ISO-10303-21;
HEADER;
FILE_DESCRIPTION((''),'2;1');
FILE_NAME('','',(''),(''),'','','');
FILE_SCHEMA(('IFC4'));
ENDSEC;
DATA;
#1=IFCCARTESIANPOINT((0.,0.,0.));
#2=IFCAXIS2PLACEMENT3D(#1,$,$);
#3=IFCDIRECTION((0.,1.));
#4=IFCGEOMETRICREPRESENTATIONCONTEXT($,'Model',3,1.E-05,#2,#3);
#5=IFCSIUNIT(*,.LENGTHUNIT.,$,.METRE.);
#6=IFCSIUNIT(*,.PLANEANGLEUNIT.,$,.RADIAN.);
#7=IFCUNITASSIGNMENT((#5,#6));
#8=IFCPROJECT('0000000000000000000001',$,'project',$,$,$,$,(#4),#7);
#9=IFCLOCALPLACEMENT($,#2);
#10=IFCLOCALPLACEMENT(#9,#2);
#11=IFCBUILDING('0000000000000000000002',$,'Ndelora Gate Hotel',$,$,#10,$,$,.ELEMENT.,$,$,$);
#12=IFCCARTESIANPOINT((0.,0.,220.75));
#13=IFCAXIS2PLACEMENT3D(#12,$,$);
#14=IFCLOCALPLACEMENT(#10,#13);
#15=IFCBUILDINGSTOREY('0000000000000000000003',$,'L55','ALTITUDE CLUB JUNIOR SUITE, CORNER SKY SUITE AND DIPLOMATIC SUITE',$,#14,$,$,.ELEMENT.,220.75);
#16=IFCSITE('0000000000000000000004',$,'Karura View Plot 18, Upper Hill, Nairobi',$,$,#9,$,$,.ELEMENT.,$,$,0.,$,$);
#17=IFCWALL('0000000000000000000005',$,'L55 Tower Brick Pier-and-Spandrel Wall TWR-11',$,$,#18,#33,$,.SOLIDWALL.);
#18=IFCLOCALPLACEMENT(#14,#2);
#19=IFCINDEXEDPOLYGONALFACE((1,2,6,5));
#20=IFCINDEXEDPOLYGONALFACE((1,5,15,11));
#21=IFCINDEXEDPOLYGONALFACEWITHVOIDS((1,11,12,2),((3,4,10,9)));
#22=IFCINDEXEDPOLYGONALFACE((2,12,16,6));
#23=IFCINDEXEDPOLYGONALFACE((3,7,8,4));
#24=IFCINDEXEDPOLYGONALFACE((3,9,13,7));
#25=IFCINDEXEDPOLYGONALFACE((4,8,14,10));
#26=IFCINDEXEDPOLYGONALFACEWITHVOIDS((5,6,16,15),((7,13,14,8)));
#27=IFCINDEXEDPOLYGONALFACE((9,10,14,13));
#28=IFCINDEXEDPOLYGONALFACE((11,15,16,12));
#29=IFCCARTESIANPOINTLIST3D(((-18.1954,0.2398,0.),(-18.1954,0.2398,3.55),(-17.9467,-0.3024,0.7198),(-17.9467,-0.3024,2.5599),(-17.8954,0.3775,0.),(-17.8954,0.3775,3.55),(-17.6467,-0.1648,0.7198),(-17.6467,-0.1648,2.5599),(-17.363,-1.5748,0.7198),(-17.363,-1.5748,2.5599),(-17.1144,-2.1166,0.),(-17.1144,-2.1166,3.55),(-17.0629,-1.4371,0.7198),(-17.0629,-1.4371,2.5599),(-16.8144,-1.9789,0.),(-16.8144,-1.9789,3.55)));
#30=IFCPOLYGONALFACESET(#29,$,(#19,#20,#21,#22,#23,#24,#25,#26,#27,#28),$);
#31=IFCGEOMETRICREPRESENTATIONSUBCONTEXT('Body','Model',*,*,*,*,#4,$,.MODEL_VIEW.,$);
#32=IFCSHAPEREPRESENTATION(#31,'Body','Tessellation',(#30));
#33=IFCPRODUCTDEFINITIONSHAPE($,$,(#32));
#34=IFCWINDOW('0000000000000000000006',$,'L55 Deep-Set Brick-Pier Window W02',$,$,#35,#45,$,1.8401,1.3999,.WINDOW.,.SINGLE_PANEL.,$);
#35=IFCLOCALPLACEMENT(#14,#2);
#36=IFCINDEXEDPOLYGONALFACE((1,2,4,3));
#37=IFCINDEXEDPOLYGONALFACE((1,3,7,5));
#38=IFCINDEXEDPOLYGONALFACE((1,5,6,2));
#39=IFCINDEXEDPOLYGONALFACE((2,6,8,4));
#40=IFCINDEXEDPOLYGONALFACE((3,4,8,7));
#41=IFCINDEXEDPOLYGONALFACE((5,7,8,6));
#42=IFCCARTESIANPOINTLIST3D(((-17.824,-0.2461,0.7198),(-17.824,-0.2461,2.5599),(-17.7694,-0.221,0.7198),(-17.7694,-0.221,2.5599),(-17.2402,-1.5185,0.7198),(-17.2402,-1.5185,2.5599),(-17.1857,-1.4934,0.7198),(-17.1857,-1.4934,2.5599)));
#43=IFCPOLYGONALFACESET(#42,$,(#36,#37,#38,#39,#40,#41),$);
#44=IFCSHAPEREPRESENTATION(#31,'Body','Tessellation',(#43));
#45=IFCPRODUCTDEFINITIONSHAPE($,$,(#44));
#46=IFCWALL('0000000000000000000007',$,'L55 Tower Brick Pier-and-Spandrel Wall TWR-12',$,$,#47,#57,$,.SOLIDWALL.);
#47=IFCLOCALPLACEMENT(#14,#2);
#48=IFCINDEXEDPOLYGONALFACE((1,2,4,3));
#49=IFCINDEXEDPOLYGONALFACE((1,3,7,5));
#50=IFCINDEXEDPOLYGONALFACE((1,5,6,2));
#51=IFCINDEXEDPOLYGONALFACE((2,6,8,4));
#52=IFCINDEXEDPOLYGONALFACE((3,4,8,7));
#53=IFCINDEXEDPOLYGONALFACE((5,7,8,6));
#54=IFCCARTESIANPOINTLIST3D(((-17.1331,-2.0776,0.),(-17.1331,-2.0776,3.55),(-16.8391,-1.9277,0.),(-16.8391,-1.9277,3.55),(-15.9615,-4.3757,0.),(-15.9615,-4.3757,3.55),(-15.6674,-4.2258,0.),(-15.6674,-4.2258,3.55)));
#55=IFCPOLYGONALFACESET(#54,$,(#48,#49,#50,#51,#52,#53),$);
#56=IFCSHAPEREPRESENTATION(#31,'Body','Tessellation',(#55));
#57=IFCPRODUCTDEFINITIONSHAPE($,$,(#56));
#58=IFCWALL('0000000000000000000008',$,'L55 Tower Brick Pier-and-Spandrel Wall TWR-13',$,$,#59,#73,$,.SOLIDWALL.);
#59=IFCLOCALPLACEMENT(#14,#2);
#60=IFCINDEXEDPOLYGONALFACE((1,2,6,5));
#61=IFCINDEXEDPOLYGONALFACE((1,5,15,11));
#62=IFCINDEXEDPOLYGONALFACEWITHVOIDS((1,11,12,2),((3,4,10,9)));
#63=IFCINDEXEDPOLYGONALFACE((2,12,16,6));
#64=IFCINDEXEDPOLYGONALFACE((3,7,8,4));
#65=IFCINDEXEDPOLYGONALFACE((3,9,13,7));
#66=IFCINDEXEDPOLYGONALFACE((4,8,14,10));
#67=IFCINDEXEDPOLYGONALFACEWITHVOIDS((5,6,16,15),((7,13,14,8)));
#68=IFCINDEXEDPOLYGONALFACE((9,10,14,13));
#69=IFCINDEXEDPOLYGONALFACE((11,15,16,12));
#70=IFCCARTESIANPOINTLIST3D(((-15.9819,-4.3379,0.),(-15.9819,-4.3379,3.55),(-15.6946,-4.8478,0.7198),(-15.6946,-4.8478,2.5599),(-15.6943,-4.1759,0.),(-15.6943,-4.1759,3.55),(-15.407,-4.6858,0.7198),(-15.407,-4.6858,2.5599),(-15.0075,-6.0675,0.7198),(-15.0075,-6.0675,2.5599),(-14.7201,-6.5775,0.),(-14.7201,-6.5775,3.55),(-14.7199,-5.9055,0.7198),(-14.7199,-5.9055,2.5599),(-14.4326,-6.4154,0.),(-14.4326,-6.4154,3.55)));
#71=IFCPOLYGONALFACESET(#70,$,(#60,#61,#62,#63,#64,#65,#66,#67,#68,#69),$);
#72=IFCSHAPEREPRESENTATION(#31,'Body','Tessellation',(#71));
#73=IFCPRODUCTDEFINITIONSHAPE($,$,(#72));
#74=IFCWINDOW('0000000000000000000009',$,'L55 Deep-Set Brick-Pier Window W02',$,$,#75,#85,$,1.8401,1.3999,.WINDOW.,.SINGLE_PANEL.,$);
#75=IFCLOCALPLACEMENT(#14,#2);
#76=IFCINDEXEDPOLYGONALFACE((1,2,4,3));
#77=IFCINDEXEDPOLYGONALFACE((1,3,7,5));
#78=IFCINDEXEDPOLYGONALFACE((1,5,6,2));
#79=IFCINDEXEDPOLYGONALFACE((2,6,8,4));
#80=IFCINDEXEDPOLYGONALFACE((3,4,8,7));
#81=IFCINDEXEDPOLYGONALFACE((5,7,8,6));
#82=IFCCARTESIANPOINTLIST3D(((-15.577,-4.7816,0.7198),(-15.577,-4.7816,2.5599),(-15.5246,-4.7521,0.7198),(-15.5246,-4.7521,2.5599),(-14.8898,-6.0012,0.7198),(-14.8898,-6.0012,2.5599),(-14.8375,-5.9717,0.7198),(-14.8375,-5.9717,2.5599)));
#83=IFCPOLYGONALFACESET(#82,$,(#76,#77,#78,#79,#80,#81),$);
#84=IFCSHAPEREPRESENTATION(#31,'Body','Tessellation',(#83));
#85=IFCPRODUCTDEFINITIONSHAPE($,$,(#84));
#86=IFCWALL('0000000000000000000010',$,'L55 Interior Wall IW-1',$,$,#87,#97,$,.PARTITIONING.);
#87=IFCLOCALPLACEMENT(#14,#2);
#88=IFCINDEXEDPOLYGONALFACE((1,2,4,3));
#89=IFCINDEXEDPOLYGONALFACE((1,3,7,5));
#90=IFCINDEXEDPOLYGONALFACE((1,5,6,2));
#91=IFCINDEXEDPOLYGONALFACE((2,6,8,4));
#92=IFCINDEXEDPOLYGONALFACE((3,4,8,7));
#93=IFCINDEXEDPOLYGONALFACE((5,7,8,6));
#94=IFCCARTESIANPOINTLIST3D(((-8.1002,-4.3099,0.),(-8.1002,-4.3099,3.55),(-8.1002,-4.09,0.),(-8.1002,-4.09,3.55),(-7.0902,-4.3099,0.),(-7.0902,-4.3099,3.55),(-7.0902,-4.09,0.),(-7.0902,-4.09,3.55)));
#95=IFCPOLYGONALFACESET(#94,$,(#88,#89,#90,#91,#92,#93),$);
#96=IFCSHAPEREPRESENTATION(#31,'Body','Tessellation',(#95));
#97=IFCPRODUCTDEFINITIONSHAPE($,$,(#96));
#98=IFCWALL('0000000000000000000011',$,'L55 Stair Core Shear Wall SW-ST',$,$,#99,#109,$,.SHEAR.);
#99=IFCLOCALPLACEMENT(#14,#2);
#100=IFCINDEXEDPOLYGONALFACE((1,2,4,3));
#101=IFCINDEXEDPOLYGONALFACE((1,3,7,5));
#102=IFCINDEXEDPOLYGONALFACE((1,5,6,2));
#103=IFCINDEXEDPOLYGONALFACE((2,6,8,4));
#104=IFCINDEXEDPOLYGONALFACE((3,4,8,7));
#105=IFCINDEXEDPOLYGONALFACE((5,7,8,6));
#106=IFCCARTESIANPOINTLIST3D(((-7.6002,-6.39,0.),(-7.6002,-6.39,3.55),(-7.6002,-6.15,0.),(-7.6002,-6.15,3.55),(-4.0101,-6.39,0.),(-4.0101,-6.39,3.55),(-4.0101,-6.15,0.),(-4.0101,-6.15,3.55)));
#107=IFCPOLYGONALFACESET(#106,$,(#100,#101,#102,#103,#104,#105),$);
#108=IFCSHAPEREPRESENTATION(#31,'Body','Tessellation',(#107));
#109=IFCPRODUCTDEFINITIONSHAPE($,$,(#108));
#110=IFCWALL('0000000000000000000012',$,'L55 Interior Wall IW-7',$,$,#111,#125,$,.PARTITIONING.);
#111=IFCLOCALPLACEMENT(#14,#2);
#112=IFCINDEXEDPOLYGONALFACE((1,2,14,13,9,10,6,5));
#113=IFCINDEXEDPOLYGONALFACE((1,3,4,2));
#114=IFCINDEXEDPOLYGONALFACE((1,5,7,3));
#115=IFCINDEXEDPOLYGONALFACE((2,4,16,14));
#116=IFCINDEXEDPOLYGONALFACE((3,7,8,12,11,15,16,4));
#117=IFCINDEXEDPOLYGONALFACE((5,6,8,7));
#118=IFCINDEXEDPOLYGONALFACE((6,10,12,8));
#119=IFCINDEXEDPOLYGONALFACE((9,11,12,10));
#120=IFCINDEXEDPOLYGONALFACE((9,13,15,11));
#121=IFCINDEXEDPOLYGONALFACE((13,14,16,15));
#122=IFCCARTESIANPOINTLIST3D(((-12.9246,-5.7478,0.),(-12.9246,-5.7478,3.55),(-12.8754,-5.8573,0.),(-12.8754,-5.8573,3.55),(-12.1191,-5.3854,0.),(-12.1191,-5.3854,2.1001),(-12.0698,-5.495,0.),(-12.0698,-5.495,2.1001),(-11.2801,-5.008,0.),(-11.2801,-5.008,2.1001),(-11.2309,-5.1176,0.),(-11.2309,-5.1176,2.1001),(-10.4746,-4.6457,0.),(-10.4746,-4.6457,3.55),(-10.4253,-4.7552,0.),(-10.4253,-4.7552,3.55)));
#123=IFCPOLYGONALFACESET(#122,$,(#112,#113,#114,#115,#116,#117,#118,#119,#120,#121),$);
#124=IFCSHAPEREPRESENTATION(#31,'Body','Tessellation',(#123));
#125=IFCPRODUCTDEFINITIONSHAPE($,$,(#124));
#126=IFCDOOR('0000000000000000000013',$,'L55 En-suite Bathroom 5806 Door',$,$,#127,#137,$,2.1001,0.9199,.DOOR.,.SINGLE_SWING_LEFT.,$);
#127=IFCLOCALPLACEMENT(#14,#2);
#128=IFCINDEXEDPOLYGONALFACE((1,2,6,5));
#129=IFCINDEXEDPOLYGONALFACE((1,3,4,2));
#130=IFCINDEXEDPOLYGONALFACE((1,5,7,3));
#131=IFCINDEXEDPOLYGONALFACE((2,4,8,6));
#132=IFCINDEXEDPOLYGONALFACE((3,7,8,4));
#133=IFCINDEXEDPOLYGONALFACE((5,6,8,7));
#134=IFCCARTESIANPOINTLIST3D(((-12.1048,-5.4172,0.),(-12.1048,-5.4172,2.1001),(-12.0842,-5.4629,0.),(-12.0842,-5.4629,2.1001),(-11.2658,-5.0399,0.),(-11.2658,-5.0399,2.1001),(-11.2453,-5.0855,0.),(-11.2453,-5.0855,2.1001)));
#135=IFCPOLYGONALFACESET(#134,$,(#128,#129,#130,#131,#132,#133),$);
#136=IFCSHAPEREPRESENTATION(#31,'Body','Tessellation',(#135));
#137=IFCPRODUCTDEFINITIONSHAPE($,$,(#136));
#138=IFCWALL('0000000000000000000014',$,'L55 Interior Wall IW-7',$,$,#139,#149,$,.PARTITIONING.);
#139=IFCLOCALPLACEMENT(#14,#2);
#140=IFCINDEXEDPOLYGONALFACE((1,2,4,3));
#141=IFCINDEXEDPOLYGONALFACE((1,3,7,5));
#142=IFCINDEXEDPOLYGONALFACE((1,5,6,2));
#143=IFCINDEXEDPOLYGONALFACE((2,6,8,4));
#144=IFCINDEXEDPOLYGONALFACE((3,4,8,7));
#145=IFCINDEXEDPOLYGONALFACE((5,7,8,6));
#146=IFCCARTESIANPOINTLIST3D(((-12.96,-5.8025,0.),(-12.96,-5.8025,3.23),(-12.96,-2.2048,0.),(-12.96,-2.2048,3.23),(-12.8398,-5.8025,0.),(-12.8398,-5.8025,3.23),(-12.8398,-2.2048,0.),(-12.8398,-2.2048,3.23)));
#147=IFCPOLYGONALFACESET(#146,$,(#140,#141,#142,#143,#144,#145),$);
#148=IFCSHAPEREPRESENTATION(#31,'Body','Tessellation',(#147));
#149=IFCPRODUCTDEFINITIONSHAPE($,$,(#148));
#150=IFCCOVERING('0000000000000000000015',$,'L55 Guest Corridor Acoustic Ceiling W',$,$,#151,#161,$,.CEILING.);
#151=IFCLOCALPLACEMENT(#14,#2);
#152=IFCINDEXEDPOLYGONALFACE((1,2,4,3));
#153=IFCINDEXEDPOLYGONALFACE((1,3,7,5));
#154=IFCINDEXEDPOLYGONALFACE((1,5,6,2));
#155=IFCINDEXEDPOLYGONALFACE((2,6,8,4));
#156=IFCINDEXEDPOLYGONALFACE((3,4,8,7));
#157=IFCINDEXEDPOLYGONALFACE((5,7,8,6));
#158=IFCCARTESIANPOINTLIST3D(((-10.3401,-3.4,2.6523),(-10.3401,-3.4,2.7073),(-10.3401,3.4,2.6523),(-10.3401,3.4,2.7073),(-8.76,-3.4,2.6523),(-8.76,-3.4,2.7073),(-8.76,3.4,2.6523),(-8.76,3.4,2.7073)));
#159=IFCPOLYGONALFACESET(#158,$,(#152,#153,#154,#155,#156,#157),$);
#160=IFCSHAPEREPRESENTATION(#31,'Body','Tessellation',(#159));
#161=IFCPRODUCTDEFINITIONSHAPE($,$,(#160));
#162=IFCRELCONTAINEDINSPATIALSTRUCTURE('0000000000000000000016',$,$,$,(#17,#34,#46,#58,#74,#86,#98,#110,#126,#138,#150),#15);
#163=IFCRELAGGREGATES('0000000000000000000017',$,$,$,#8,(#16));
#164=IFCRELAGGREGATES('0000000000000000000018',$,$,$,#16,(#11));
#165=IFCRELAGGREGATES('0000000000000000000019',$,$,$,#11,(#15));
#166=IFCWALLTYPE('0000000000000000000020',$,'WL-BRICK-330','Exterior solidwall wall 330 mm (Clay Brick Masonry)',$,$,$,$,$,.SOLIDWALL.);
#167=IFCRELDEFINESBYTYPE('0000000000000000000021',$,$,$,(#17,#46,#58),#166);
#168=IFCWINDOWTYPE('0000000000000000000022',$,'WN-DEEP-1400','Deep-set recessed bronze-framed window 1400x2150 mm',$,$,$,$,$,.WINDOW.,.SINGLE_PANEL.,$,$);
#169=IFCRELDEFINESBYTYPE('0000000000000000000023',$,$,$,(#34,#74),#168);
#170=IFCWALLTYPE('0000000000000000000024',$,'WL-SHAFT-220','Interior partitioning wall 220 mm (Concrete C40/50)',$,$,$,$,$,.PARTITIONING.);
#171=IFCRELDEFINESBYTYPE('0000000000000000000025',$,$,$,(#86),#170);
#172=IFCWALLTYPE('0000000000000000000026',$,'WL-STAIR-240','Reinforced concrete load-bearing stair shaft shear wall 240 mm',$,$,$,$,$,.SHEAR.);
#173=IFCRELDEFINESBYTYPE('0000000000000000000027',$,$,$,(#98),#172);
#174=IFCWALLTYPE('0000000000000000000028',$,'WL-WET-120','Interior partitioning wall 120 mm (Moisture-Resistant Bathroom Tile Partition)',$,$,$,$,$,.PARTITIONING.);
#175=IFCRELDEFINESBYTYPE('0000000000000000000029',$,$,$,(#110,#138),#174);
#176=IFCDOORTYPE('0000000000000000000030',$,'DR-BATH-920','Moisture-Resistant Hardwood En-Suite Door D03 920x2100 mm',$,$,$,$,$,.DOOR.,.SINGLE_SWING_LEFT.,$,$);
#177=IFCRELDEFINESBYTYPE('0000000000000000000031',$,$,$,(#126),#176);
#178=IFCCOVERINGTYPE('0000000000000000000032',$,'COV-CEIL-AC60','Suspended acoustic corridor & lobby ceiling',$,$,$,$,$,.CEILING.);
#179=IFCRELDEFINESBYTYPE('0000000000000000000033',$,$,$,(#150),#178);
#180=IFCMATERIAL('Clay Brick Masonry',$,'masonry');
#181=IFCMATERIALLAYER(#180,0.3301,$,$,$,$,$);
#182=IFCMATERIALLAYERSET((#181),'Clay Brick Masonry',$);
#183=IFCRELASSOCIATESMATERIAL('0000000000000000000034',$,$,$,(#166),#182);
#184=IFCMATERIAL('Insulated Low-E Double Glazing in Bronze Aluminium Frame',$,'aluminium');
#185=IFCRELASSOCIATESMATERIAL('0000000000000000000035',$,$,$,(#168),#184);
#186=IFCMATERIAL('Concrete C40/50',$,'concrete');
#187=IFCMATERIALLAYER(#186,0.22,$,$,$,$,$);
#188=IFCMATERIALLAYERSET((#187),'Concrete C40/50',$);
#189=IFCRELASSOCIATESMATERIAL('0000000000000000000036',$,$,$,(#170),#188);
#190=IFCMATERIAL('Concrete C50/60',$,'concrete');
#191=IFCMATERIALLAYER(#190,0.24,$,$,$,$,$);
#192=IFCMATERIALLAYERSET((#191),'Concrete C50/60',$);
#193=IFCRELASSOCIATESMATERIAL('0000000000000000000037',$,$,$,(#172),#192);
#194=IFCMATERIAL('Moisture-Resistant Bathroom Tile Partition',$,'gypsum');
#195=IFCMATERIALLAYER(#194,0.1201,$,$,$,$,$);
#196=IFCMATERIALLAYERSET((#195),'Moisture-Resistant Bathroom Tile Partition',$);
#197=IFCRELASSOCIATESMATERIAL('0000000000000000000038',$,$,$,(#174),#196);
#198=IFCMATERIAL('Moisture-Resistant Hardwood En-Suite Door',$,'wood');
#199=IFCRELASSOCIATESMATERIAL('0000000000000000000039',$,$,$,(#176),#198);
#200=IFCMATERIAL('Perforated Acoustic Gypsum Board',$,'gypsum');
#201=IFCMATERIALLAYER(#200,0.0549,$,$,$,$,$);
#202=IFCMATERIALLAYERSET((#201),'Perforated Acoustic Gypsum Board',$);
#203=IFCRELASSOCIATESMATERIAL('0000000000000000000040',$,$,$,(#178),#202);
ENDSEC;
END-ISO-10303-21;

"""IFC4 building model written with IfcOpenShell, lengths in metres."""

from ifc_helpers import new_model, si_unit, direction, frame, frame_2d, origin, origin_2d, place, context, subcontext, project, spatial, rectangle, extrude, material, layer, layer_set, type_object, element, fill, save


model = new_model("IFC4")

# Units and contexts
model_context = context("Model", 3, precision=1e-05, world=origin(), true_north=direction((0.0, 1.0)))
body_context = subcontext(model_context, "Body", "Model", "MODEL_VIEW")
ifc_project = project(units=[si_unit("LENGTHUNIT", "METRE"), si_unit("PLANEANGLEUNIT", "RADIAN")], contexts=[model_context])

# Site, building, storey
site_placement = place(None, origin())
site = spatial("IfcSite", under=ifc_project, at=site_placement, Name="Karura View Plot 18, Upper Hill, Nairobi", CompositionType="ELEMENT", RefElevation=0.0)
building_placement = place(site_placement, origin())
building = spatial("IfcBuilding", under=site, at=building_placement, Name="Ndelora Gate Hotel", CompositionType="ELEMENT")
storey_placement = place(building_placement, frame((0.0, 0.0, 220.75)))
storey = spatial("IfcBuildingStorey", under=building, at=storey_placement, Name="L55", Description="ALTITUDE CLUB JUNIOR SUITE, CORNER SKY SUITE AND DIPLOMATIC SUITE", CompositionType="ELEMENT", Elevation=220.75)

# Shared definitions
ifc_material_1 = material(Name="Concrete C50/60", Category="concrete")

# Wall, opening, window
ifc_material_2 = material(Name="Clay Brick Masonry", Category="masonry")
ifc_layer_1 = layer(ifc_material_2, 0.3301)
ifc_layer_set_1 = layer_set([ifc_layer_1], Name="Clay Brick Masonry")
wall_type_1 = type_object("IfcWallType", Name="WL-BRICK-330", Description="Exterior solidwall wall 330 mm (Clay Brick Masonry)", PredefinedType="SOLIDWALL", material=ifc_layer_set_1)
wall_1_placement = place(storey_placement, frame((-16.9644, -2.0479, 0.0), z_axis=(0.0, 0.0, 1.0), x_axis=(-0.416979, 0.908916, 0.0)))
wall_1 = element("IfcWall", 1, at=wall_1_placement, inside=storey, type_object=wall_type_1, Name="L55 Tower Brick Pier-and-Spandrel Wall TWR-11", PredefinedType="SOLIDWALL", context=body_context, shape_type="SweptSolid", body=[
    extrude(rectangle(XDim=2.5925, YDim=0.3301, at=frame_2d((1.2964, 0.0))), origin(), (0.0, 0.0, 1.0), 3.55),
])
opening_1_placement = place(wall_1_placement, frame((0.5962, 0.0, 0.72)))
opening_1 = element("IfcOpeningElement", 2, at=opening_1_placement, cuts=wall_1, PredefinedType="OPENING", context=body_context, shape_type="SweptSolid", body=[
    extrude(rectangle(XDim=1.3999, YDim=1.8401, at=frame_2d((0.7, 0.9199))), frame((0.0, 0.175, 0.0), z_axis=(0.0, -1.0, 0.0), x_axis=(1.0, 0.0, 0.0)), (0.0, 0.0, 1.0), 0.3501),
])
ifc_material_3 = material(Name="Insulated Low-E Double Glazing in Bronze Aluminium Frame", Category="aluminium")
window_type = type_object("IfcWindowType", Name="WN-DEEP-1400", Description="Deep-set recessed bronze-framed window 1400x2150 mm", PartitioningType="SINGLE_PANEL", PredefinedType="WINDOW", material=ifc_material_3)
window_1_placement = place(opening_1_placement, origin())
window_1 = element("IfcWindow", 3, at=window_1_placement, inside=storey, type_object=window_type, Name="L55 Deep-Set Brick-Pier Window W02", OverallHeight=1.8401, OverallWidth=1.3999, PartitioningType="SINGLE_PANEL", PredefinedType="WINDOW", context=body_context, shape_type="SweptSolid", body=[
    extrude(rectangle(XDim=1.3999, YDim=1.8401, at=frame_2d((0.7, 0.9199))), frame((0.0, 0.03, 0.0), z_axis=(0.0, -1.0, 0.0), x_axis=(1.0, 0.0, 0.0)), (0.0, 0.0, 1.0), 0.0601),
])
fill(opening_1, window_1)

# Wall
wall_2_placement = place(storey_placement, frame((-15.8145, -4.3008, 0.0), z_axis=(0.0, 0.0, 1.0), x_axis=(-0.454204, 0.890898, 0.0)))
element("IfcWall", 4, at=wall_2_placement, inside=storey, type_object=wall_type_1, Name="L55 Tower Brick Pier-and-Spandrel Wall TWR-12", PredefinedType="SOLIDWALL", context=body_context, shape_type="SweptSolid", body=[
    extrude(rectangle(XDim=2.5796, YDim=0.3301, at=frame_2d((1.2898, 0.0))), origin(), (0.0, 0.0, 1.0), 3.55),
])

# Wall, opening, window
wall_3_placement = place(storey_placement, frame((-14.5764, -6.4963, 0.0), z_axis=(0.0, 0.0, 1.0), x_axis=(-0.490852, 0.871243, 0.0)))
wall_3 = element("IfcWall", 5, at=wall_3_placement, inside=storey, type_object=wall_type_1, Name="L55 Tower Brick Pier-and-Spandrel Wall TWR-13", PredefinedType="SOLIDWALL", context=body_context, shape_type="SweptSolid", body=[
    extrude(rectangle(XDim=2.5706, YDim=0.3301, at=frame_2d((1.2852, 0.0))), origin(), (0.0, 0.0, 1.0), 3.55),
])
opening_2_placement = place(wall_3_placement, frame((0.5852, 0.0, 0.72)))
opening_2 = element("IfcOpeningElement", 6, at=opening_2_placement, cuts=wall_3, PredefinedType="OPENING", context=body_context, shape_type="SweptSolid", body=[
    extrude(rectangle(XDim=1.3999, YDim=1.8401, at=frame_2d((0.7, 0.9199))), frame((0.0, 0.175, 0.0), z_axis=(0.0, -1.0, 0.0), x_axis=(1.0, 0.0, 0.0)), (0.0, 0.0, 1.0), 0.3501),
])
window_2_placement = place(opening_2_placement, origin())
window_2 = element("IfcWindow", 7, at=window_2_placement, inside=storey, type_object=window_type, Name="L55 Deep-Set Brick-Pier Window W02", OverallHeight=1.8401, OverallWidth=1.3999, PartitioningType="SINGLE_PANEL", PredefinedType="WINDOW", context=body_context, shape_type="SweptSolid", body=[
    extrude(rectangle(XDim=1.3999, YDim=1.8401, at=frame_2d((0.7, 0.9199))), frame((0.0, 0.03, 0.0), z_axis=(0.0, -1.0, 0.0), x_axis=(1.0, 0.0, 0.0)), (0.0, 0.0, 1.0), 0.0601),
])
fill(opening_2, window_2)

# Walls
ifc_material_4 = material(Name="Concrete C40/50", Category="concrete")
ifc_layer_2 = layer(ifc_material_4, 0.22)
ifc_layer_set_2 = layer_set([ifc_layer_2], Name="Concrete C40/50")
wall_type_2 = type_object("IfcWallType", Name="WL-SHAFT-220", Description="Interior partitioning wall 220 mm (Concrete C40/50)", PredefinedType="PARTITIONING", material=ifc_layer_set_2)
wall_4_placement = place(storey_placement, frame((-8.1001, -4.2, 0.0), z_axis=(0.0, 0.0, 1.0), x_axis=(1.0, 0.0, 0.0)))
element("IfcWall", 8, at=wall_4_placement, inside=storey, type_object=wall_type_2, Name="L55 Interior Wall IW-1", PredefinedType="PARTITIONING", context=body_context, shape_type="SweptSolid", body=[
    extrude(rectangle(XDim=1.01, YDim=0.22, at=frame_2d((0.5049, 0.0))), origin(), (0.0, 0.0, 1.0), 3.55),
])
ifc_layer_3 = layer(ifc_material_1, 0.24)
ifc_layer_set_3 = layer_set([ifc_layer_3], Name="Concrete C50/60")
wall_type_3 = type_object("IfcWallType", Name="WL-STAIR-240", Description="Reinforced concrete load-bearing stair shaft shear wall 240 mm", PredefinedType="SHEAR", material=ifc_layer_set_3)
wall_5_placement = place(storey_placement, frame((-7.6001, -6.27, 0.0), z_axis=(0.0, 0.0, 1.0), x_axis=(1.0, 0.0, 0.0)))
element("IfcWall", 9, at=wall_5_placement, inside=storey, type_object=wall_type_3, Name="L55 Stair Core Shear Wall SW-ST", PredefinedType="SHEAR", context=body_context, shape_type="SweptSolid", body=[
    extrude(rectangle(XDim=3.5901, YDim=0.24, at=frame_2d((1.7949, 0.0))), origin(), (0.0, 0.0, 1.0), 3.55),
])

# Wall, opening, door
ifc_material_5 = material(Name="Moisture-Resistant Bathroom Tile Partition", Category="gypsum")
ifc_layer_4 = layer(ifc_material_5, 0.1201)
ifc_layer_set_4 = layer_set([ifc_layer_4], Name="Moisture-Resistant Bathroom Tile Partition")
wall_type_4 = type_object("IfcWallType", Name="WL-WET-120", Description="Interior partitioning wall 120 mm (Moisture-Resistant Bathroom Tile Partition)", PredefinedType="PARTITIONING", material=ifc_layer_set_4)
wall_6_placement = place(storey_placement, frame((-10.45, -4.7004, 0.0), z_axis=(0.0, 0.0, 1.0), x_axis=(-0.911981, -0.410232, 0.0)))
wall_6 = element("IfcWall", 10, at=wall_6_placement, inside=storey, type_object=wall_type_4, Name="L55 Interior Wall IW-7", PredefinedType="PARTITIONING", context=body_context, shape_type="SweptSolid", body=[
    extrude(rectangle(XDim=2.6865, YDim=0.1201, at=frame_2d((1.3433, 0.0))), origin(), (0.0, 0.0, 1.0), 3.55),
])
opening_3_placement = place(wall_6_placement, frame((0.8833, 0.0, 0.0)))
opening_3 = element("IfcOpeningElement", 11, at=opening_3_placement, cuts=wall_6, PredefinedType="OPENING", context=body_context, shape_type="SweptSolid", body=[
    extrude(rectangle(XDim=0.9199, YDim=2.1001, at=frame_2d((0.46, 1.05))), frame((0.0, 0.0701, 0.0), z_axis=(0.0, -1.0, 0.0), x_axis=(1.0, 0.0, 0.0)), (0.0, 0.0, 1.0), 0.1401),
])
ifc_material_6 = material(Name="Moisture-Resistant Hardwood En-Suite Door", Category="wood")
door_type = type_object("IfcDoorType", Name="DR-BATH-920", Description="Moisture-Resistant Hardwood En-Suite Door D03 920x2100 mm", OperationType="SINGLE_SWING_LEFT", PredefinedType="DOOR", material=ifc_material_6)
door_placement = place(opening_3_placement, origin())
door = element("IfcDoor", 12, at=door_placement, inside=storey, type_object=door_type, Name="L55 En-suite Bathroom 5806 Door", OperationType="SINGLE_SWING_LEFT", OverallHeight=2.1001, OverallWidth=0.9199, PredefinedType="DOOR", context=body_context, shape_type="SweptSolid", body=[
    extrude(rectangle(XDim=0.9199, YDim=2.1001, at=frame_2d((0.46, 1.05))), frame((0.0, 0.0249, 0.0), z_axis=(0.0, -1.0, 0.0), x_axis=(1.0, 0.0, 0.0)), (0.0, 0.0, 1.0), 0.05),
])
fill(opening_3, door)

# Wall
wall_7_placement = place(storey_placement, frame((-12.8999, -2.2048, 0.0), z_axis=(0.0, 0.0, 1.0), x_axis=(0.0, -1.0, 0.0)))
element("IfcWall", 13, at=wall_7_placement, inside=storey, type_object=wall_type_4, Name="L55 Interior Wall IW-7", PredefinedType="PARTITIONING", context=body_context, shape_type="SweptSolid", body=[
    extrude(rectangle(XDim=3.5977, YDim=0.1201, at=frame_2d((1.7988, 0.0))), origin(), (0.0, 0.0, 1.0), 3.23),
])

# Covering
ifc_material_7 = material(Name="Perforated Acoustic Gypsum Board", Category="gypsum")
ifc_layer_5 = layer(ifc_material_7, 0.0549)
ifc_layer_set_5 = layer_set([ifc_layer_5], Name="Perforated Acoustic Gypsum Board")
covering_type_1 = type_object("IfcCoveringType", Name="COV-CEIL-AC60", Description="Suspended acoustic corridor & lobby ceiling", PredefinedType="CEILING", material=ifc_layer_set_5)
covering_1_placement = place(storey_placement, frame((-9.55, 0.0, 2.6523), z_axis=(0.0, 0.0, 1.0), x_axis=(1.0, 0.0, 0.0)))
element("IfcCovering", 14, at=covering_1_placement, inside=storey, type_object=covering_type_1, Name="L55 Guest Corridor Acoustic Ceiling W", PredefinedType="CEILING", context=body_context, shape_type="SweptSolid", body=[
    extrude(rectangle(XDim=1.5801, YDim=6.8, at=origin_2d()), origin(), (0.0, 0.0, 1.0), 0.0549),
])

save(model, "model.ifc")
